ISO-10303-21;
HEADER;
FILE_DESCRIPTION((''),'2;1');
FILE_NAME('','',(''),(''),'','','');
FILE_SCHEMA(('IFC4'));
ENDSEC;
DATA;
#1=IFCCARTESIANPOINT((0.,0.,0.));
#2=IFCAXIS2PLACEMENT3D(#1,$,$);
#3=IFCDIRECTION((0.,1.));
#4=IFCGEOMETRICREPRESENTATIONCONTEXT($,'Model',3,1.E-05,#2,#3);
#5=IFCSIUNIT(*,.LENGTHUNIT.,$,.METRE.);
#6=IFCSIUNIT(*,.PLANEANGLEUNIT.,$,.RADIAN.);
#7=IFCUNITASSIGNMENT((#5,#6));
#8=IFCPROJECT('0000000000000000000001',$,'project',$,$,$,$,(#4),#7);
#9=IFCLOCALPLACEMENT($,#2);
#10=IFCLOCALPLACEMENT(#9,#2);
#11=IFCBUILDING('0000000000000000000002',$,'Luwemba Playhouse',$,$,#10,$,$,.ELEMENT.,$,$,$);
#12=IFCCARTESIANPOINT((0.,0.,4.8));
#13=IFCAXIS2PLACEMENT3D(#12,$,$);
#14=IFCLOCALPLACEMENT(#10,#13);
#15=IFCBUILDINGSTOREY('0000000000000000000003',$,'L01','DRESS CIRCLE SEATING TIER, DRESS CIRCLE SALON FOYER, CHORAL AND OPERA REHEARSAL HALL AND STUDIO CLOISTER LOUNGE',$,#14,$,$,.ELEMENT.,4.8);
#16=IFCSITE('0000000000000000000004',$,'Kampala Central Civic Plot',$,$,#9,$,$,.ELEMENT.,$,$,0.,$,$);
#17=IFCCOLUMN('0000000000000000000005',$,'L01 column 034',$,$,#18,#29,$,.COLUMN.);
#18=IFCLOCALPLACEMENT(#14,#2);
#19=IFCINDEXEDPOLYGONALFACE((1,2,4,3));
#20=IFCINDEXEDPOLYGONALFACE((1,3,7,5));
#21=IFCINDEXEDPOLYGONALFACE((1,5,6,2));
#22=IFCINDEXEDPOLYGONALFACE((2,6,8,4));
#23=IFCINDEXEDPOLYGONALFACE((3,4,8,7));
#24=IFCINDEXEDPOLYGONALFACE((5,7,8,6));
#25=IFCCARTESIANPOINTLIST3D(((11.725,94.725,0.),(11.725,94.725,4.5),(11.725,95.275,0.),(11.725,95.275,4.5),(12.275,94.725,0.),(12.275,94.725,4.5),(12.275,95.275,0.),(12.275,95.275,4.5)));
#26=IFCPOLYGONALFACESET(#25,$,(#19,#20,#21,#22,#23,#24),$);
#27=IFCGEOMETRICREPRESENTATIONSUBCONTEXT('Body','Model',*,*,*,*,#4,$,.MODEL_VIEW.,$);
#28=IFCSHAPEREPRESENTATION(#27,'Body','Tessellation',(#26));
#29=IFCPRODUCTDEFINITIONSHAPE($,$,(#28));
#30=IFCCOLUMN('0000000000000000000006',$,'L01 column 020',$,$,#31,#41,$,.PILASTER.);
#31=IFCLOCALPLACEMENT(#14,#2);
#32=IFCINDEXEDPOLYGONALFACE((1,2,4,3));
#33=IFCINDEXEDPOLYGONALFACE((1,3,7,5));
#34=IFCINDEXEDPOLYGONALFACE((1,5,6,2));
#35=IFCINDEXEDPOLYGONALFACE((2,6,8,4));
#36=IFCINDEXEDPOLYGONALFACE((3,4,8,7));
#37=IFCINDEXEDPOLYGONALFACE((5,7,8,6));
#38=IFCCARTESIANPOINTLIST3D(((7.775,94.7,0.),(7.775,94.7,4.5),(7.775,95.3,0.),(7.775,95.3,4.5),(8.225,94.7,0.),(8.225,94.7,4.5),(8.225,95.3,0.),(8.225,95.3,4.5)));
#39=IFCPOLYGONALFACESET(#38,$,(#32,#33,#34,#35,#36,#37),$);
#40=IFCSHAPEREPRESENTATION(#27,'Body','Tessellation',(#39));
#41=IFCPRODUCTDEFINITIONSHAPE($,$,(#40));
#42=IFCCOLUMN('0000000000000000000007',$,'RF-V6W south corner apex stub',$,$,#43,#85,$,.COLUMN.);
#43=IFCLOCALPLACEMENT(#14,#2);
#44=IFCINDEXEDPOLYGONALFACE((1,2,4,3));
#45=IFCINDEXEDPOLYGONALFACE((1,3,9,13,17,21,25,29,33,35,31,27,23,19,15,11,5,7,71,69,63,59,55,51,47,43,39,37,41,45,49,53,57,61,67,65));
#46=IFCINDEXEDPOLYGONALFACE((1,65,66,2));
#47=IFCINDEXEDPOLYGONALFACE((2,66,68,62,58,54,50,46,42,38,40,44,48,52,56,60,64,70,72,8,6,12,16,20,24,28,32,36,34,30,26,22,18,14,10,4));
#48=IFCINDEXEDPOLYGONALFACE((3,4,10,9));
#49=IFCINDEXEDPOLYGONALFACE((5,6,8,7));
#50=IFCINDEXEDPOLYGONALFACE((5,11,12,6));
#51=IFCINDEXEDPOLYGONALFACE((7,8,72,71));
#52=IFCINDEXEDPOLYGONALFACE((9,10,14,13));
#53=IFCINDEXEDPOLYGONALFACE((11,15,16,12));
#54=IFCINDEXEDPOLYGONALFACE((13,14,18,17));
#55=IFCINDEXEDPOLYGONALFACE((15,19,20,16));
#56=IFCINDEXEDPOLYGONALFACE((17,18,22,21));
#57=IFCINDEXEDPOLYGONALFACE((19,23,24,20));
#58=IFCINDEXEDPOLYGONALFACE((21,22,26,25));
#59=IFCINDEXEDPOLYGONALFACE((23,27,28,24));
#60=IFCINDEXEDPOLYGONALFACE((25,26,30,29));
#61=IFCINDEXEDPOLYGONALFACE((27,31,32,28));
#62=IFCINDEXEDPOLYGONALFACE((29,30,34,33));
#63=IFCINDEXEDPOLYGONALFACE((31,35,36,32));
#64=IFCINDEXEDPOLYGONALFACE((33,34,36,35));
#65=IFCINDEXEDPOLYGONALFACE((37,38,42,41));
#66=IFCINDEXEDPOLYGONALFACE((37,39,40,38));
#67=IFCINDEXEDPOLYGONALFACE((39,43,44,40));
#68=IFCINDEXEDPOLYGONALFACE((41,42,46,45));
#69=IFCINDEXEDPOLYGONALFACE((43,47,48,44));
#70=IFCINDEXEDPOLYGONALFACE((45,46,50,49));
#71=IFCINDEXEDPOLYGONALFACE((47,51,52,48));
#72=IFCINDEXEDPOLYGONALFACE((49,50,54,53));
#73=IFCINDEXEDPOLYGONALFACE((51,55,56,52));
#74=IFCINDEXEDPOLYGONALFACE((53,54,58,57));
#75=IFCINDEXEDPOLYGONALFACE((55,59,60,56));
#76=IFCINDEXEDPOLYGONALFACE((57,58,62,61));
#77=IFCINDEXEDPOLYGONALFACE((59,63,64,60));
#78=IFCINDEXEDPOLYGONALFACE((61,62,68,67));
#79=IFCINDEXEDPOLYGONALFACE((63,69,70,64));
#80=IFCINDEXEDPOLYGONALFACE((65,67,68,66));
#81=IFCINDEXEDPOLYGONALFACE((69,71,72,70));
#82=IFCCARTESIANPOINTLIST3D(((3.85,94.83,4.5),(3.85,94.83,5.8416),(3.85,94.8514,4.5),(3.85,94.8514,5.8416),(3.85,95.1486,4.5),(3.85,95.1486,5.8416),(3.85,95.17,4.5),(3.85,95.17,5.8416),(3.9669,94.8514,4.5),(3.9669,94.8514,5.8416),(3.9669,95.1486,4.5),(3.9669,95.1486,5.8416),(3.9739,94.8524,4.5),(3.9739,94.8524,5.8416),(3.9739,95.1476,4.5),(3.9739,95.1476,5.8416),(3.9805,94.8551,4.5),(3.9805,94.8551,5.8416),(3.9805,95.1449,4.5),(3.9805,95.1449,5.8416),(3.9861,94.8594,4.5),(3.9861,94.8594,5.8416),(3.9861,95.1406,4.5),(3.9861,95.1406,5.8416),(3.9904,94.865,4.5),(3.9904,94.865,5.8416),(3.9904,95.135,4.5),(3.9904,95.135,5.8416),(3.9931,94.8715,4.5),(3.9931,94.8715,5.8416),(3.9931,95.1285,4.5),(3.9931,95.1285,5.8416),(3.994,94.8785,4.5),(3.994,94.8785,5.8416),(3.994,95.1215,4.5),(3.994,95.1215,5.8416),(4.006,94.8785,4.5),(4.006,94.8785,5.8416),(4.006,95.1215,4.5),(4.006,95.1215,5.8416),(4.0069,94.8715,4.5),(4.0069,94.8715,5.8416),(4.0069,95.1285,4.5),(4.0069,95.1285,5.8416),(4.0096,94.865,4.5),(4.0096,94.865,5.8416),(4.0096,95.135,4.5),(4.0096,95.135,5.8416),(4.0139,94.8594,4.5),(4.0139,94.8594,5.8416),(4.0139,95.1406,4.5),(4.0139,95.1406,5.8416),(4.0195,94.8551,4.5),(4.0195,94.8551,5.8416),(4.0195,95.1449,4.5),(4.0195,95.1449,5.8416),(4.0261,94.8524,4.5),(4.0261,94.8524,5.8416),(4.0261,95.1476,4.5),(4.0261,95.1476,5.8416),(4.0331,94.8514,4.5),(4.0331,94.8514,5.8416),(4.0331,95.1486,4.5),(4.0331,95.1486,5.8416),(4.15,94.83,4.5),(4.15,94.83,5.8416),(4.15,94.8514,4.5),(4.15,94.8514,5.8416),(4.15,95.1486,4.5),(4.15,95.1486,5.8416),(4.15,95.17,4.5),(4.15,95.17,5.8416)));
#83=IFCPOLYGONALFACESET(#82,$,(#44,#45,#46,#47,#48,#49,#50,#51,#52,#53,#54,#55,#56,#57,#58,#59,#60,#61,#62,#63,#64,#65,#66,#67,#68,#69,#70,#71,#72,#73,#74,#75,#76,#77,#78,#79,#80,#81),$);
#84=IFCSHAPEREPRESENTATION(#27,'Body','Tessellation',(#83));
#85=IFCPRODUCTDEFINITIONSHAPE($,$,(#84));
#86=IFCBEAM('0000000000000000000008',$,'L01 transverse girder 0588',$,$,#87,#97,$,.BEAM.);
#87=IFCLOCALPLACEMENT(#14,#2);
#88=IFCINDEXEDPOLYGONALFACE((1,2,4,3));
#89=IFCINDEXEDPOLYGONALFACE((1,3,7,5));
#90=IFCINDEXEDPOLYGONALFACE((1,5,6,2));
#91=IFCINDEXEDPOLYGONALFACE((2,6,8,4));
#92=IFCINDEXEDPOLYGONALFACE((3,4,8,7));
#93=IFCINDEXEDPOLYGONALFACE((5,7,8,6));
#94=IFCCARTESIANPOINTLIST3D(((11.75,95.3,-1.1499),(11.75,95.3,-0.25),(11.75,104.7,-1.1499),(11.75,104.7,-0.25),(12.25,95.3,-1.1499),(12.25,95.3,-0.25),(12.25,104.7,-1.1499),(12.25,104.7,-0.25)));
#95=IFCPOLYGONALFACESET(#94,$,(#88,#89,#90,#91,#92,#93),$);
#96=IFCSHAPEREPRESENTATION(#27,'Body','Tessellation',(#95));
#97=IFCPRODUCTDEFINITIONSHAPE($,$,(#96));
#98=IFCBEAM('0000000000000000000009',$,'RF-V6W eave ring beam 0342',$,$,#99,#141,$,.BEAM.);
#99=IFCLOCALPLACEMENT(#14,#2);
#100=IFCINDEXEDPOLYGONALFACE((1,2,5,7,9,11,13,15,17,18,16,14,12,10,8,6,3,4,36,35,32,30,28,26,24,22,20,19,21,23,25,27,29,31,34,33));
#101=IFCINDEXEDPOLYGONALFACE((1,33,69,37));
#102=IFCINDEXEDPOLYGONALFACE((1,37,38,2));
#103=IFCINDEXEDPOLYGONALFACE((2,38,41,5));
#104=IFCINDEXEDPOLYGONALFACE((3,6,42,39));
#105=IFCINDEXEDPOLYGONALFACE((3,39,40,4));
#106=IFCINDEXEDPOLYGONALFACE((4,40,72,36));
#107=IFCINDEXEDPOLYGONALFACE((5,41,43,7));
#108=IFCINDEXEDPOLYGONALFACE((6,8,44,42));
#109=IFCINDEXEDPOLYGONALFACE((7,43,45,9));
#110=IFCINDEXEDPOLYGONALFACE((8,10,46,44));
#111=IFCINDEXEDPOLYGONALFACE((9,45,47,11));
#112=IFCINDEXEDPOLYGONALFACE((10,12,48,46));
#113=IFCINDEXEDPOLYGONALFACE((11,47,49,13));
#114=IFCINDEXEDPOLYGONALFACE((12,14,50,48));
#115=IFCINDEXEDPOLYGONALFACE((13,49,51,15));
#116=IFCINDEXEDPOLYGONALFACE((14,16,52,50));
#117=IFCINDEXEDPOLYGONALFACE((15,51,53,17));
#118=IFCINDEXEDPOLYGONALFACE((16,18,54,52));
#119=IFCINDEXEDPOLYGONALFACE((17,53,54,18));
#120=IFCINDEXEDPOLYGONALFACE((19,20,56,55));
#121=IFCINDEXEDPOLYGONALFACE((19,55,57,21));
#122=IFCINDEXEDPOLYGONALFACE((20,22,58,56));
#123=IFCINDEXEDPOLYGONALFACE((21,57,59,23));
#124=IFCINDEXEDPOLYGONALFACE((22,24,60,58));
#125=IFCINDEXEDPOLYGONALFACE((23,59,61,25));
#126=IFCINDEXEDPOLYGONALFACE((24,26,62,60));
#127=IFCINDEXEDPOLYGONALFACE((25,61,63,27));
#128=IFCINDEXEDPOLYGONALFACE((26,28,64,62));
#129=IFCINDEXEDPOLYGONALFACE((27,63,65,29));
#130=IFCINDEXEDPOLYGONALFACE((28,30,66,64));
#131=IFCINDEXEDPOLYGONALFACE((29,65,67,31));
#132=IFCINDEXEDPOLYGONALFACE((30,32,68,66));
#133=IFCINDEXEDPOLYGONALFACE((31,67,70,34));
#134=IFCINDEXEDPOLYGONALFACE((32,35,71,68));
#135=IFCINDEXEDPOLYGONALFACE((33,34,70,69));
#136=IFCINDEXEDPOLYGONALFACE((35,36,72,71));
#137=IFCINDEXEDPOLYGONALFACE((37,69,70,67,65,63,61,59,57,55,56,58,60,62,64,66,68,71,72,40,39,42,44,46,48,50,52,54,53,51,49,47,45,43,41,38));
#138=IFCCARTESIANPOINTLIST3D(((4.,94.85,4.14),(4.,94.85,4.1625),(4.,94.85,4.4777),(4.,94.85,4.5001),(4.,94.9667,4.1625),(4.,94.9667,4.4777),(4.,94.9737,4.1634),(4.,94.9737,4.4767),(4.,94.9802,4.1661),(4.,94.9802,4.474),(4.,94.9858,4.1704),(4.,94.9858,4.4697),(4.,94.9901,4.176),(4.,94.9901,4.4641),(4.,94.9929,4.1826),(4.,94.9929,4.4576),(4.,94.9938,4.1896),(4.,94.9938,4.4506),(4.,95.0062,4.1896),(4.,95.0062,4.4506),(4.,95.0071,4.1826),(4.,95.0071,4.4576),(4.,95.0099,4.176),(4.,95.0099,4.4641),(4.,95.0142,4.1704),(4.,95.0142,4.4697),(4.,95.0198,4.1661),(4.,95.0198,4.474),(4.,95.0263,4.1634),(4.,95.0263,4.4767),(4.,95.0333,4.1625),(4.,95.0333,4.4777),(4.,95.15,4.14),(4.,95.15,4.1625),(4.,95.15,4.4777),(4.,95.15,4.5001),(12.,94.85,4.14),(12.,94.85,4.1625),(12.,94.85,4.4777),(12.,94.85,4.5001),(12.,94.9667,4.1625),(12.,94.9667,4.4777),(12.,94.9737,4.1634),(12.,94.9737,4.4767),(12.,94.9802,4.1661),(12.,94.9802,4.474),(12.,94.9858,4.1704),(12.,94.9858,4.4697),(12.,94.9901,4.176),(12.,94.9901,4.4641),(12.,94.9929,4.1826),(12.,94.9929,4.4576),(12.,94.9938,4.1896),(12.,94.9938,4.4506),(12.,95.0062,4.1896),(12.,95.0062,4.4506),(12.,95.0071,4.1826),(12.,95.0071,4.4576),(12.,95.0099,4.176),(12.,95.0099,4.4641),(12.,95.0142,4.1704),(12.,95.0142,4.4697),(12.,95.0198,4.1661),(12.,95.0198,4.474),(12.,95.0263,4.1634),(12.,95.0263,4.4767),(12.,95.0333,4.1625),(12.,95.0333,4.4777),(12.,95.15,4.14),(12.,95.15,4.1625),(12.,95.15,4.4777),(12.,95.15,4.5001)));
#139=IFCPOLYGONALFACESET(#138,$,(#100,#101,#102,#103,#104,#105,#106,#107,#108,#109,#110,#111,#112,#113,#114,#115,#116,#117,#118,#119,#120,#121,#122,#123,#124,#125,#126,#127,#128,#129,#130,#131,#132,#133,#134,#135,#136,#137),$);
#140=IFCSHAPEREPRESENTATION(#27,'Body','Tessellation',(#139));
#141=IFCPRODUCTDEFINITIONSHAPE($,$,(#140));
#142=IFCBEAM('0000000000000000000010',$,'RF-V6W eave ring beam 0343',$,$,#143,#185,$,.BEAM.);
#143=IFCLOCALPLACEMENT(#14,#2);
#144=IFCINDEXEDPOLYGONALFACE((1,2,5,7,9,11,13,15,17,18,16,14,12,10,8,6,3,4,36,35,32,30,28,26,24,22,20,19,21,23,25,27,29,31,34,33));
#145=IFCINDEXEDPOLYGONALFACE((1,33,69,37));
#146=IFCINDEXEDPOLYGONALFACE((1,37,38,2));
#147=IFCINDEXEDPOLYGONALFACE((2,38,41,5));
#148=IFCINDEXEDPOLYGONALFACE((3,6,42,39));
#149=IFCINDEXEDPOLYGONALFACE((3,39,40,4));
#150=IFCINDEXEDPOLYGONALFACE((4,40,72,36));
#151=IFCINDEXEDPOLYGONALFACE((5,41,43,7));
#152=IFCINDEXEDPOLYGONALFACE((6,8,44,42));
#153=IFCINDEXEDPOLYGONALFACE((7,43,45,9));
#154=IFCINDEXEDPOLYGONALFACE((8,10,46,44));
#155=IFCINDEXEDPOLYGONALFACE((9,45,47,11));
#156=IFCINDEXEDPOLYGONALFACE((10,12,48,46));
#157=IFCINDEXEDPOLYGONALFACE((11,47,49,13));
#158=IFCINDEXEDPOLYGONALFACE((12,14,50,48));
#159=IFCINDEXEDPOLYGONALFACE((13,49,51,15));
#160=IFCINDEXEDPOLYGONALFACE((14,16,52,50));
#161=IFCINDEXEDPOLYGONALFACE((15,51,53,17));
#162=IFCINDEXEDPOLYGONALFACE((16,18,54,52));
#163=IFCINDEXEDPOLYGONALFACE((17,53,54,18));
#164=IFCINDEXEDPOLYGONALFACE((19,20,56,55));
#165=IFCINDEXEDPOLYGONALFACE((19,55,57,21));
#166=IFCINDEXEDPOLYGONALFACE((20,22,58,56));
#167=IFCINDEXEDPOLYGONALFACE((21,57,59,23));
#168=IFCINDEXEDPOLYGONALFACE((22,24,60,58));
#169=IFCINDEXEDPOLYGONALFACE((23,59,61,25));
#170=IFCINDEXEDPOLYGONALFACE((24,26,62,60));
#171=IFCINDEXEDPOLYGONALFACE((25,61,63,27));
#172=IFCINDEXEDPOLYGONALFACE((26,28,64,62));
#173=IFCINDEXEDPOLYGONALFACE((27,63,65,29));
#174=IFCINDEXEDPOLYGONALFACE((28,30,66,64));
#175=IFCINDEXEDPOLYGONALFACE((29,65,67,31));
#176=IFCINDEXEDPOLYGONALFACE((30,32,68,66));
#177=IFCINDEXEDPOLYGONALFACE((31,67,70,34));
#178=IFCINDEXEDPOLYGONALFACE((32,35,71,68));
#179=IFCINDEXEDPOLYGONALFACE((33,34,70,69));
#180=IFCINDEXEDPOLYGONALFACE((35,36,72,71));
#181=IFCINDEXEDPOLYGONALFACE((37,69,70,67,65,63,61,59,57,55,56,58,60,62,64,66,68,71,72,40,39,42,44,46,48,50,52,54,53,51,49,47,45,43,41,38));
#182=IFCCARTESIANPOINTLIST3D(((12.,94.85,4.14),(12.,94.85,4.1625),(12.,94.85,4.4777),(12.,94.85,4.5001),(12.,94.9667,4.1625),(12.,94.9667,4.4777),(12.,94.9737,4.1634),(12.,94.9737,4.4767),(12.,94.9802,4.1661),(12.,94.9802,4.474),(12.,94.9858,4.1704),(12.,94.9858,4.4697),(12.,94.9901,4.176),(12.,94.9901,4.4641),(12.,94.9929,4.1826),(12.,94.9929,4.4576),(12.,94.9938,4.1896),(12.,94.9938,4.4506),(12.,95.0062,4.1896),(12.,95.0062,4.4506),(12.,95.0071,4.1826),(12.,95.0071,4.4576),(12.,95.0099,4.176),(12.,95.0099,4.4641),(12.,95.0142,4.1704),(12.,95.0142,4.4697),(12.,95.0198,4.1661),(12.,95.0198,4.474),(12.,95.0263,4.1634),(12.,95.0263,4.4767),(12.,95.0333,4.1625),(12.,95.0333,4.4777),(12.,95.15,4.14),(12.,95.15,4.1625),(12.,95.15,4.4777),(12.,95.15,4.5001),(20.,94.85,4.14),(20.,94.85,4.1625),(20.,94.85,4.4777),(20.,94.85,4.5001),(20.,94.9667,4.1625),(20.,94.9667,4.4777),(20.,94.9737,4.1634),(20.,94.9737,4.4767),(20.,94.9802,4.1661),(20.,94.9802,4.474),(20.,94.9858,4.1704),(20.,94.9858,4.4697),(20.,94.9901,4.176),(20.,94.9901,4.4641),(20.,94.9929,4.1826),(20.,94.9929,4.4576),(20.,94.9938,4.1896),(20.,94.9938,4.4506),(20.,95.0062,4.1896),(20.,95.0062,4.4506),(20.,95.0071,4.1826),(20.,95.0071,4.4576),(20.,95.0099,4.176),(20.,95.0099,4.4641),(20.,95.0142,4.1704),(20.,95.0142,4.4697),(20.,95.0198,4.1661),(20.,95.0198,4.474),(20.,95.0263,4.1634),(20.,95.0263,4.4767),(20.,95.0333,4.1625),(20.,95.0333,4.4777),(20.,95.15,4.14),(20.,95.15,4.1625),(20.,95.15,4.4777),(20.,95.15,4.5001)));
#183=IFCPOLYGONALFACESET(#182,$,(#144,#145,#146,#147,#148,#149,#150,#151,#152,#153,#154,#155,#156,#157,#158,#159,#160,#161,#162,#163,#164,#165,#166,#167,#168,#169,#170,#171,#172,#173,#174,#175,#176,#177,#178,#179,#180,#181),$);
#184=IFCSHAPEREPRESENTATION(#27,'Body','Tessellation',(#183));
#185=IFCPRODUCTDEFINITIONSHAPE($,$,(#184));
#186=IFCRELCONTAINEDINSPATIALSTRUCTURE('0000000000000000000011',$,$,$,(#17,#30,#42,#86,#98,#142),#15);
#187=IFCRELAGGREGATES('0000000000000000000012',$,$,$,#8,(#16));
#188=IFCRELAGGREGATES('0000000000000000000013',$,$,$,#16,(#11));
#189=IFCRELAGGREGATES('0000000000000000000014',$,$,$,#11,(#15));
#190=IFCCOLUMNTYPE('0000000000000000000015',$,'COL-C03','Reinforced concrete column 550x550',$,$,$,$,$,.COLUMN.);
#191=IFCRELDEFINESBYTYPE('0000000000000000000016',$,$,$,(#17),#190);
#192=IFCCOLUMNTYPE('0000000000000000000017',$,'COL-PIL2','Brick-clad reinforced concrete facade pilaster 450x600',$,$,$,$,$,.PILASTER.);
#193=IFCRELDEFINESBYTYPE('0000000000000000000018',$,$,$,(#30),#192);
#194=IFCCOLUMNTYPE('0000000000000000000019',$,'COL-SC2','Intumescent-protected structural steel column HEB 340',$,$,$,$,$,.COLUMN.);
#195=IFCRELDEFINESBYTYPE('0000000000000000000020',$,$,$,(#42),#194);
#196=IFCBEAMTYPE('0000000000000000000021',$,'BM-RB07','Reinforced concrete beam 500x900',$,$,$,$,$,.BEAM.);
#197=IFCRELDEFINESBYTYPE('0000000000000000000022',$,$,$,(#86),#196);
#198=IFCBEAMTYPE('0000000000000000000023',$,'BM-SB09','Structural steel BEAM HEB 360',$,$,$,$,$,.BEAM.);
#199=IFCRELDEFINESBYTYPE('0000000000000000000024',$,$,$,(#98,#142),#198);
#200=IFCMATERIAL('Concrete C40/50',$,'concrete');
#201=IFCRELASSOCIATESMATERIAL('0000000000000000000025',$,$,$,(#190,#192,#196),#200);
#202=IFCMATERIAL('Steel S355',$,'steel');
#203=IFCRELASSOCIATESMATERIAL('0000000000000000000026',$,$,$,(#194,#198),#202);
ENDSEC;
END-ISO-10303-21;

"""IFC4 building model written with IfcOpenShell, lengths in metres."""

from ifc_helpers import new_model, si_unit, direction, frame, origin, origin_2d, place, context, subcontext, project, spatial, rectangle, i_section, extrude, material, material_profile, profile_set, type_object, element, save


model = new_model("IFC4")

# Units and contexts
model_context = context("Model", 3, precision=1e-05, world=origin(), true_north=direction((0.0, 1.0)))
body_context = subcontext(model_context, "Body", "Model", "MODEL_VIEW")
ifc_project = project(units=[si_unit("LENGTHUNIT", "METRE"), si_unit("PLANEANGLEUNIT", "RADIAN")], contexts=[model_context])

# Site, building, storey
site_placement = place(None, origin())
site = spatial("IfcSite", under=ifc_project, at=site_placement, Name="Kampala Central Civic Plot", CompositionType="ELEMENT", RefElevation=0.0)
building_placement = place(site_placement, origin())
building = spatial("IfcBuilding", under=site, at=building_placement, Name="Luwemba Playhouse", CompositionType="ELEMENT")
storey_placement = place(building_placement, frame((0.0, 0.0, 4.8)))
storey = spatial("IfcBuildingStorey", under=building, at=storey_placement, Name="L01", Description="DRESS CIRCLE SEATING TIER, DRESS CIRCLE SALON FOYER, CHORAL AND OPERA REHEARSAL HALL AND STUDIO CLOISTER LOUNGE", CompositionType="ELEMENT", Elevation=4.8)

# Columns
ifc_material_1 = material(Name="Concrete C40/50", Category="concrete")
ifc_material_profile_1 = material_profile(ifc_material_1, rectangle(XDim=0.55, YDim=0.55, at=origin_2d()))
ifc_profile_set_1 = profile_set([ifc_material_profile_1], Name="Concrete C40/50")
column_type_1 = type_object("IfcColumnType", Name="COL-C03", Description="Reinforced concrete column 550x550", PredefinedType="COLUMN", material=ifc_profile_set_1)
column_1_placement = place(storey_placement, frame((12.0, 95.0, 0.0), z_axis=(0.0, 0.0, 1.0), x_axis=(1.0, 0.0, 0.0)))
element("IfcColumn", 1, at=column_1_placement, inside=storey, type_object=column_type_1, Name="L01 column 034", PredefinedType="COLUMN", context=body_context, shape_type="SweptSolid", body=[
    extrude(rectangle(XDim=0.55, YDim=0.55, at=origin_2d()), origin(), (0.0, 0.0, 1.0), 4.5),
])
ifc_material_profile_2 = material_profile(ifc_material_1, rectangle(XDim=0.45, YDim=0.6001, at=origin_2d()))
ifc_profile_set_2 = profile_set([ifc_material_profile_2], Name="Concrete C40/50")
column_type_2 = type_object("IfcColumnType", Name="COL-PIL2", Description="Brick-clad reinforced concrete facade pilaster 450x600", PredefinedType="PILASTER", material=ifc_profile_set_2)
column_2_placement = place(storey_placement, frame((8.0, 95.0, 0.0), z_axis=(0.0, 0.0, 1.0), x_axis=(1.0, 0.0, 0.0)))
element("IfcColumn", 2, at=column_2_placement, inside=storey, type_object=column_type_2, Name="L01 column 020", PredefinedType="PILASTER", context=body_context, shape_type="SweptSolid", body=[
    extrude(rectangle(XDim=0.45, YDim=0.6001, at=origin_2d()), origin(), (0.0, 0.0, 1.0), 4.5),
])
ifc_material_2 = material(Name="Steel S355", Category="steel")
ifc_material_profile_3 = material_profile(ifc_material_2, i_section(OverallWidth=0.3, OverallDepth=0.3401, WebThickness=0.012, FlangeThickness=0.0215, FilletRadius=0.0271, at=origin_2d()))
ifc_profile_set_3 = profile_set([ifc_material_profile_3], Name="Steel S355")
column_type_3 = type_object("IfcColumnType", Name="COL-SC2", Description="Intumescent-protected structural steel column HEB 340", PredefinedType="COLUMN", material=ifc_profile_set_3)
column_3_placement = place(storey_placement, frame((4.0, 95.0, 4.5), z_axis=(0.0, 0.0, 1.0), x_axis=(1.0, 0.0, 0.0)))
element("IfcColumn", 3, at=column_3_placement, inside=storey, type_object=column_type_3, Name="RF-V6W south corner apex stub", PredefinedType="COLUMN", context=body_context, shape_type="SweptSolid", body=[
    extrude(i_section(OverallWidth=0.3, OverallDepth=0.3401, WebThickness=0.012, FlangeThickness=0.0215, FilletRadius=0.0271, at=origin_2d()), origin(), (0.0, 0.0, 1.0), 1.3416),
])

# Beams
ifc_material_profile_4 = material_profile(ifc_material_1, rectangle(XDim=0.5, YDim=0.8999, at=origin_2d()))
ifc_profile_set_4 = profile_set([ifc_material_profile_4], Name="Concrete C40/50")
beam_type_1 = type_object("IfcBeamType", Name="BM-RB07", Description="Reinforced concrete beam 500x900", PredefinedType="BEAM", material=ifc_profile_set_4)
beam_1_placement = place(storey_placement, frame((12.0, 95.3, -0.7), z_axis=(0.0, 1.0, 0.0), x_axis=(-1.0, 0.0, 0.0)))
element("IfcBeam", 4, at=beam_1_placement, inside=storey, type_object=beam_type_1, Name="L01 transverse girder 0588", PredefinedType="BEAM", context=body_context, shape_type="SweptSolid", body=[
    extrude(rectangle(XDim=0.5, YDim=0.8999, at=origin_2d()), origin(), (0.0, 0.0, 1.0), 9.3999),
])
ifc_material_profile_5 = material_profile(ifc_material_2, i_section(OverallWidth=0.3, OverallDepth=0.3601, WebThickness=0.0125, FlangeThickness=0.0225, FilletRadius=0.0271, at=origin_2d()))
ifc_profile_set_5 = profile_set([ifc_material_profile_5], Name="Steel S355")
beam_type_2 = type_object("IfcBeamType", Name="BM-SB09", Description="Structural steel BEAM HEB 360", PredefinedType="BEAM", material=ifc_profile_set_5)
for number, where, z_axis, x_axis, name in (
    (5, (4.0, 95.0, 4.3201), (1.0, 0.0, 0.0), (0.0, 1.0, 0.0), "RF-V6W eave ring beam 0342"),
    (6, (12.0, 95.0, 4.3201), (1.0, 0.0, 0.0), (0.0, 1.0, 0.0), "RF-V6W eave ring beam 0343"),
):
    element("IfcBeam", number, at=place(storey_placement, frame(where, z_axis=z_axis, x_axis=x_axis)), inside=storey, type_object=beam_type_2, Name=name, PredefinedType="BEAM", context=body_context, shape_type="SweptSolid", body=[
        extrude(i_section(OverallWidth=0.3, OverallDepth=0.3601, WebThickness=0.0125, FlangeThickness=0.0225, FilletRadius=0.0271, at=origin_2d()), origin(), (0.0, 0.0, 1.0), 8.0),
    ])

save(model, "model.ifc")
